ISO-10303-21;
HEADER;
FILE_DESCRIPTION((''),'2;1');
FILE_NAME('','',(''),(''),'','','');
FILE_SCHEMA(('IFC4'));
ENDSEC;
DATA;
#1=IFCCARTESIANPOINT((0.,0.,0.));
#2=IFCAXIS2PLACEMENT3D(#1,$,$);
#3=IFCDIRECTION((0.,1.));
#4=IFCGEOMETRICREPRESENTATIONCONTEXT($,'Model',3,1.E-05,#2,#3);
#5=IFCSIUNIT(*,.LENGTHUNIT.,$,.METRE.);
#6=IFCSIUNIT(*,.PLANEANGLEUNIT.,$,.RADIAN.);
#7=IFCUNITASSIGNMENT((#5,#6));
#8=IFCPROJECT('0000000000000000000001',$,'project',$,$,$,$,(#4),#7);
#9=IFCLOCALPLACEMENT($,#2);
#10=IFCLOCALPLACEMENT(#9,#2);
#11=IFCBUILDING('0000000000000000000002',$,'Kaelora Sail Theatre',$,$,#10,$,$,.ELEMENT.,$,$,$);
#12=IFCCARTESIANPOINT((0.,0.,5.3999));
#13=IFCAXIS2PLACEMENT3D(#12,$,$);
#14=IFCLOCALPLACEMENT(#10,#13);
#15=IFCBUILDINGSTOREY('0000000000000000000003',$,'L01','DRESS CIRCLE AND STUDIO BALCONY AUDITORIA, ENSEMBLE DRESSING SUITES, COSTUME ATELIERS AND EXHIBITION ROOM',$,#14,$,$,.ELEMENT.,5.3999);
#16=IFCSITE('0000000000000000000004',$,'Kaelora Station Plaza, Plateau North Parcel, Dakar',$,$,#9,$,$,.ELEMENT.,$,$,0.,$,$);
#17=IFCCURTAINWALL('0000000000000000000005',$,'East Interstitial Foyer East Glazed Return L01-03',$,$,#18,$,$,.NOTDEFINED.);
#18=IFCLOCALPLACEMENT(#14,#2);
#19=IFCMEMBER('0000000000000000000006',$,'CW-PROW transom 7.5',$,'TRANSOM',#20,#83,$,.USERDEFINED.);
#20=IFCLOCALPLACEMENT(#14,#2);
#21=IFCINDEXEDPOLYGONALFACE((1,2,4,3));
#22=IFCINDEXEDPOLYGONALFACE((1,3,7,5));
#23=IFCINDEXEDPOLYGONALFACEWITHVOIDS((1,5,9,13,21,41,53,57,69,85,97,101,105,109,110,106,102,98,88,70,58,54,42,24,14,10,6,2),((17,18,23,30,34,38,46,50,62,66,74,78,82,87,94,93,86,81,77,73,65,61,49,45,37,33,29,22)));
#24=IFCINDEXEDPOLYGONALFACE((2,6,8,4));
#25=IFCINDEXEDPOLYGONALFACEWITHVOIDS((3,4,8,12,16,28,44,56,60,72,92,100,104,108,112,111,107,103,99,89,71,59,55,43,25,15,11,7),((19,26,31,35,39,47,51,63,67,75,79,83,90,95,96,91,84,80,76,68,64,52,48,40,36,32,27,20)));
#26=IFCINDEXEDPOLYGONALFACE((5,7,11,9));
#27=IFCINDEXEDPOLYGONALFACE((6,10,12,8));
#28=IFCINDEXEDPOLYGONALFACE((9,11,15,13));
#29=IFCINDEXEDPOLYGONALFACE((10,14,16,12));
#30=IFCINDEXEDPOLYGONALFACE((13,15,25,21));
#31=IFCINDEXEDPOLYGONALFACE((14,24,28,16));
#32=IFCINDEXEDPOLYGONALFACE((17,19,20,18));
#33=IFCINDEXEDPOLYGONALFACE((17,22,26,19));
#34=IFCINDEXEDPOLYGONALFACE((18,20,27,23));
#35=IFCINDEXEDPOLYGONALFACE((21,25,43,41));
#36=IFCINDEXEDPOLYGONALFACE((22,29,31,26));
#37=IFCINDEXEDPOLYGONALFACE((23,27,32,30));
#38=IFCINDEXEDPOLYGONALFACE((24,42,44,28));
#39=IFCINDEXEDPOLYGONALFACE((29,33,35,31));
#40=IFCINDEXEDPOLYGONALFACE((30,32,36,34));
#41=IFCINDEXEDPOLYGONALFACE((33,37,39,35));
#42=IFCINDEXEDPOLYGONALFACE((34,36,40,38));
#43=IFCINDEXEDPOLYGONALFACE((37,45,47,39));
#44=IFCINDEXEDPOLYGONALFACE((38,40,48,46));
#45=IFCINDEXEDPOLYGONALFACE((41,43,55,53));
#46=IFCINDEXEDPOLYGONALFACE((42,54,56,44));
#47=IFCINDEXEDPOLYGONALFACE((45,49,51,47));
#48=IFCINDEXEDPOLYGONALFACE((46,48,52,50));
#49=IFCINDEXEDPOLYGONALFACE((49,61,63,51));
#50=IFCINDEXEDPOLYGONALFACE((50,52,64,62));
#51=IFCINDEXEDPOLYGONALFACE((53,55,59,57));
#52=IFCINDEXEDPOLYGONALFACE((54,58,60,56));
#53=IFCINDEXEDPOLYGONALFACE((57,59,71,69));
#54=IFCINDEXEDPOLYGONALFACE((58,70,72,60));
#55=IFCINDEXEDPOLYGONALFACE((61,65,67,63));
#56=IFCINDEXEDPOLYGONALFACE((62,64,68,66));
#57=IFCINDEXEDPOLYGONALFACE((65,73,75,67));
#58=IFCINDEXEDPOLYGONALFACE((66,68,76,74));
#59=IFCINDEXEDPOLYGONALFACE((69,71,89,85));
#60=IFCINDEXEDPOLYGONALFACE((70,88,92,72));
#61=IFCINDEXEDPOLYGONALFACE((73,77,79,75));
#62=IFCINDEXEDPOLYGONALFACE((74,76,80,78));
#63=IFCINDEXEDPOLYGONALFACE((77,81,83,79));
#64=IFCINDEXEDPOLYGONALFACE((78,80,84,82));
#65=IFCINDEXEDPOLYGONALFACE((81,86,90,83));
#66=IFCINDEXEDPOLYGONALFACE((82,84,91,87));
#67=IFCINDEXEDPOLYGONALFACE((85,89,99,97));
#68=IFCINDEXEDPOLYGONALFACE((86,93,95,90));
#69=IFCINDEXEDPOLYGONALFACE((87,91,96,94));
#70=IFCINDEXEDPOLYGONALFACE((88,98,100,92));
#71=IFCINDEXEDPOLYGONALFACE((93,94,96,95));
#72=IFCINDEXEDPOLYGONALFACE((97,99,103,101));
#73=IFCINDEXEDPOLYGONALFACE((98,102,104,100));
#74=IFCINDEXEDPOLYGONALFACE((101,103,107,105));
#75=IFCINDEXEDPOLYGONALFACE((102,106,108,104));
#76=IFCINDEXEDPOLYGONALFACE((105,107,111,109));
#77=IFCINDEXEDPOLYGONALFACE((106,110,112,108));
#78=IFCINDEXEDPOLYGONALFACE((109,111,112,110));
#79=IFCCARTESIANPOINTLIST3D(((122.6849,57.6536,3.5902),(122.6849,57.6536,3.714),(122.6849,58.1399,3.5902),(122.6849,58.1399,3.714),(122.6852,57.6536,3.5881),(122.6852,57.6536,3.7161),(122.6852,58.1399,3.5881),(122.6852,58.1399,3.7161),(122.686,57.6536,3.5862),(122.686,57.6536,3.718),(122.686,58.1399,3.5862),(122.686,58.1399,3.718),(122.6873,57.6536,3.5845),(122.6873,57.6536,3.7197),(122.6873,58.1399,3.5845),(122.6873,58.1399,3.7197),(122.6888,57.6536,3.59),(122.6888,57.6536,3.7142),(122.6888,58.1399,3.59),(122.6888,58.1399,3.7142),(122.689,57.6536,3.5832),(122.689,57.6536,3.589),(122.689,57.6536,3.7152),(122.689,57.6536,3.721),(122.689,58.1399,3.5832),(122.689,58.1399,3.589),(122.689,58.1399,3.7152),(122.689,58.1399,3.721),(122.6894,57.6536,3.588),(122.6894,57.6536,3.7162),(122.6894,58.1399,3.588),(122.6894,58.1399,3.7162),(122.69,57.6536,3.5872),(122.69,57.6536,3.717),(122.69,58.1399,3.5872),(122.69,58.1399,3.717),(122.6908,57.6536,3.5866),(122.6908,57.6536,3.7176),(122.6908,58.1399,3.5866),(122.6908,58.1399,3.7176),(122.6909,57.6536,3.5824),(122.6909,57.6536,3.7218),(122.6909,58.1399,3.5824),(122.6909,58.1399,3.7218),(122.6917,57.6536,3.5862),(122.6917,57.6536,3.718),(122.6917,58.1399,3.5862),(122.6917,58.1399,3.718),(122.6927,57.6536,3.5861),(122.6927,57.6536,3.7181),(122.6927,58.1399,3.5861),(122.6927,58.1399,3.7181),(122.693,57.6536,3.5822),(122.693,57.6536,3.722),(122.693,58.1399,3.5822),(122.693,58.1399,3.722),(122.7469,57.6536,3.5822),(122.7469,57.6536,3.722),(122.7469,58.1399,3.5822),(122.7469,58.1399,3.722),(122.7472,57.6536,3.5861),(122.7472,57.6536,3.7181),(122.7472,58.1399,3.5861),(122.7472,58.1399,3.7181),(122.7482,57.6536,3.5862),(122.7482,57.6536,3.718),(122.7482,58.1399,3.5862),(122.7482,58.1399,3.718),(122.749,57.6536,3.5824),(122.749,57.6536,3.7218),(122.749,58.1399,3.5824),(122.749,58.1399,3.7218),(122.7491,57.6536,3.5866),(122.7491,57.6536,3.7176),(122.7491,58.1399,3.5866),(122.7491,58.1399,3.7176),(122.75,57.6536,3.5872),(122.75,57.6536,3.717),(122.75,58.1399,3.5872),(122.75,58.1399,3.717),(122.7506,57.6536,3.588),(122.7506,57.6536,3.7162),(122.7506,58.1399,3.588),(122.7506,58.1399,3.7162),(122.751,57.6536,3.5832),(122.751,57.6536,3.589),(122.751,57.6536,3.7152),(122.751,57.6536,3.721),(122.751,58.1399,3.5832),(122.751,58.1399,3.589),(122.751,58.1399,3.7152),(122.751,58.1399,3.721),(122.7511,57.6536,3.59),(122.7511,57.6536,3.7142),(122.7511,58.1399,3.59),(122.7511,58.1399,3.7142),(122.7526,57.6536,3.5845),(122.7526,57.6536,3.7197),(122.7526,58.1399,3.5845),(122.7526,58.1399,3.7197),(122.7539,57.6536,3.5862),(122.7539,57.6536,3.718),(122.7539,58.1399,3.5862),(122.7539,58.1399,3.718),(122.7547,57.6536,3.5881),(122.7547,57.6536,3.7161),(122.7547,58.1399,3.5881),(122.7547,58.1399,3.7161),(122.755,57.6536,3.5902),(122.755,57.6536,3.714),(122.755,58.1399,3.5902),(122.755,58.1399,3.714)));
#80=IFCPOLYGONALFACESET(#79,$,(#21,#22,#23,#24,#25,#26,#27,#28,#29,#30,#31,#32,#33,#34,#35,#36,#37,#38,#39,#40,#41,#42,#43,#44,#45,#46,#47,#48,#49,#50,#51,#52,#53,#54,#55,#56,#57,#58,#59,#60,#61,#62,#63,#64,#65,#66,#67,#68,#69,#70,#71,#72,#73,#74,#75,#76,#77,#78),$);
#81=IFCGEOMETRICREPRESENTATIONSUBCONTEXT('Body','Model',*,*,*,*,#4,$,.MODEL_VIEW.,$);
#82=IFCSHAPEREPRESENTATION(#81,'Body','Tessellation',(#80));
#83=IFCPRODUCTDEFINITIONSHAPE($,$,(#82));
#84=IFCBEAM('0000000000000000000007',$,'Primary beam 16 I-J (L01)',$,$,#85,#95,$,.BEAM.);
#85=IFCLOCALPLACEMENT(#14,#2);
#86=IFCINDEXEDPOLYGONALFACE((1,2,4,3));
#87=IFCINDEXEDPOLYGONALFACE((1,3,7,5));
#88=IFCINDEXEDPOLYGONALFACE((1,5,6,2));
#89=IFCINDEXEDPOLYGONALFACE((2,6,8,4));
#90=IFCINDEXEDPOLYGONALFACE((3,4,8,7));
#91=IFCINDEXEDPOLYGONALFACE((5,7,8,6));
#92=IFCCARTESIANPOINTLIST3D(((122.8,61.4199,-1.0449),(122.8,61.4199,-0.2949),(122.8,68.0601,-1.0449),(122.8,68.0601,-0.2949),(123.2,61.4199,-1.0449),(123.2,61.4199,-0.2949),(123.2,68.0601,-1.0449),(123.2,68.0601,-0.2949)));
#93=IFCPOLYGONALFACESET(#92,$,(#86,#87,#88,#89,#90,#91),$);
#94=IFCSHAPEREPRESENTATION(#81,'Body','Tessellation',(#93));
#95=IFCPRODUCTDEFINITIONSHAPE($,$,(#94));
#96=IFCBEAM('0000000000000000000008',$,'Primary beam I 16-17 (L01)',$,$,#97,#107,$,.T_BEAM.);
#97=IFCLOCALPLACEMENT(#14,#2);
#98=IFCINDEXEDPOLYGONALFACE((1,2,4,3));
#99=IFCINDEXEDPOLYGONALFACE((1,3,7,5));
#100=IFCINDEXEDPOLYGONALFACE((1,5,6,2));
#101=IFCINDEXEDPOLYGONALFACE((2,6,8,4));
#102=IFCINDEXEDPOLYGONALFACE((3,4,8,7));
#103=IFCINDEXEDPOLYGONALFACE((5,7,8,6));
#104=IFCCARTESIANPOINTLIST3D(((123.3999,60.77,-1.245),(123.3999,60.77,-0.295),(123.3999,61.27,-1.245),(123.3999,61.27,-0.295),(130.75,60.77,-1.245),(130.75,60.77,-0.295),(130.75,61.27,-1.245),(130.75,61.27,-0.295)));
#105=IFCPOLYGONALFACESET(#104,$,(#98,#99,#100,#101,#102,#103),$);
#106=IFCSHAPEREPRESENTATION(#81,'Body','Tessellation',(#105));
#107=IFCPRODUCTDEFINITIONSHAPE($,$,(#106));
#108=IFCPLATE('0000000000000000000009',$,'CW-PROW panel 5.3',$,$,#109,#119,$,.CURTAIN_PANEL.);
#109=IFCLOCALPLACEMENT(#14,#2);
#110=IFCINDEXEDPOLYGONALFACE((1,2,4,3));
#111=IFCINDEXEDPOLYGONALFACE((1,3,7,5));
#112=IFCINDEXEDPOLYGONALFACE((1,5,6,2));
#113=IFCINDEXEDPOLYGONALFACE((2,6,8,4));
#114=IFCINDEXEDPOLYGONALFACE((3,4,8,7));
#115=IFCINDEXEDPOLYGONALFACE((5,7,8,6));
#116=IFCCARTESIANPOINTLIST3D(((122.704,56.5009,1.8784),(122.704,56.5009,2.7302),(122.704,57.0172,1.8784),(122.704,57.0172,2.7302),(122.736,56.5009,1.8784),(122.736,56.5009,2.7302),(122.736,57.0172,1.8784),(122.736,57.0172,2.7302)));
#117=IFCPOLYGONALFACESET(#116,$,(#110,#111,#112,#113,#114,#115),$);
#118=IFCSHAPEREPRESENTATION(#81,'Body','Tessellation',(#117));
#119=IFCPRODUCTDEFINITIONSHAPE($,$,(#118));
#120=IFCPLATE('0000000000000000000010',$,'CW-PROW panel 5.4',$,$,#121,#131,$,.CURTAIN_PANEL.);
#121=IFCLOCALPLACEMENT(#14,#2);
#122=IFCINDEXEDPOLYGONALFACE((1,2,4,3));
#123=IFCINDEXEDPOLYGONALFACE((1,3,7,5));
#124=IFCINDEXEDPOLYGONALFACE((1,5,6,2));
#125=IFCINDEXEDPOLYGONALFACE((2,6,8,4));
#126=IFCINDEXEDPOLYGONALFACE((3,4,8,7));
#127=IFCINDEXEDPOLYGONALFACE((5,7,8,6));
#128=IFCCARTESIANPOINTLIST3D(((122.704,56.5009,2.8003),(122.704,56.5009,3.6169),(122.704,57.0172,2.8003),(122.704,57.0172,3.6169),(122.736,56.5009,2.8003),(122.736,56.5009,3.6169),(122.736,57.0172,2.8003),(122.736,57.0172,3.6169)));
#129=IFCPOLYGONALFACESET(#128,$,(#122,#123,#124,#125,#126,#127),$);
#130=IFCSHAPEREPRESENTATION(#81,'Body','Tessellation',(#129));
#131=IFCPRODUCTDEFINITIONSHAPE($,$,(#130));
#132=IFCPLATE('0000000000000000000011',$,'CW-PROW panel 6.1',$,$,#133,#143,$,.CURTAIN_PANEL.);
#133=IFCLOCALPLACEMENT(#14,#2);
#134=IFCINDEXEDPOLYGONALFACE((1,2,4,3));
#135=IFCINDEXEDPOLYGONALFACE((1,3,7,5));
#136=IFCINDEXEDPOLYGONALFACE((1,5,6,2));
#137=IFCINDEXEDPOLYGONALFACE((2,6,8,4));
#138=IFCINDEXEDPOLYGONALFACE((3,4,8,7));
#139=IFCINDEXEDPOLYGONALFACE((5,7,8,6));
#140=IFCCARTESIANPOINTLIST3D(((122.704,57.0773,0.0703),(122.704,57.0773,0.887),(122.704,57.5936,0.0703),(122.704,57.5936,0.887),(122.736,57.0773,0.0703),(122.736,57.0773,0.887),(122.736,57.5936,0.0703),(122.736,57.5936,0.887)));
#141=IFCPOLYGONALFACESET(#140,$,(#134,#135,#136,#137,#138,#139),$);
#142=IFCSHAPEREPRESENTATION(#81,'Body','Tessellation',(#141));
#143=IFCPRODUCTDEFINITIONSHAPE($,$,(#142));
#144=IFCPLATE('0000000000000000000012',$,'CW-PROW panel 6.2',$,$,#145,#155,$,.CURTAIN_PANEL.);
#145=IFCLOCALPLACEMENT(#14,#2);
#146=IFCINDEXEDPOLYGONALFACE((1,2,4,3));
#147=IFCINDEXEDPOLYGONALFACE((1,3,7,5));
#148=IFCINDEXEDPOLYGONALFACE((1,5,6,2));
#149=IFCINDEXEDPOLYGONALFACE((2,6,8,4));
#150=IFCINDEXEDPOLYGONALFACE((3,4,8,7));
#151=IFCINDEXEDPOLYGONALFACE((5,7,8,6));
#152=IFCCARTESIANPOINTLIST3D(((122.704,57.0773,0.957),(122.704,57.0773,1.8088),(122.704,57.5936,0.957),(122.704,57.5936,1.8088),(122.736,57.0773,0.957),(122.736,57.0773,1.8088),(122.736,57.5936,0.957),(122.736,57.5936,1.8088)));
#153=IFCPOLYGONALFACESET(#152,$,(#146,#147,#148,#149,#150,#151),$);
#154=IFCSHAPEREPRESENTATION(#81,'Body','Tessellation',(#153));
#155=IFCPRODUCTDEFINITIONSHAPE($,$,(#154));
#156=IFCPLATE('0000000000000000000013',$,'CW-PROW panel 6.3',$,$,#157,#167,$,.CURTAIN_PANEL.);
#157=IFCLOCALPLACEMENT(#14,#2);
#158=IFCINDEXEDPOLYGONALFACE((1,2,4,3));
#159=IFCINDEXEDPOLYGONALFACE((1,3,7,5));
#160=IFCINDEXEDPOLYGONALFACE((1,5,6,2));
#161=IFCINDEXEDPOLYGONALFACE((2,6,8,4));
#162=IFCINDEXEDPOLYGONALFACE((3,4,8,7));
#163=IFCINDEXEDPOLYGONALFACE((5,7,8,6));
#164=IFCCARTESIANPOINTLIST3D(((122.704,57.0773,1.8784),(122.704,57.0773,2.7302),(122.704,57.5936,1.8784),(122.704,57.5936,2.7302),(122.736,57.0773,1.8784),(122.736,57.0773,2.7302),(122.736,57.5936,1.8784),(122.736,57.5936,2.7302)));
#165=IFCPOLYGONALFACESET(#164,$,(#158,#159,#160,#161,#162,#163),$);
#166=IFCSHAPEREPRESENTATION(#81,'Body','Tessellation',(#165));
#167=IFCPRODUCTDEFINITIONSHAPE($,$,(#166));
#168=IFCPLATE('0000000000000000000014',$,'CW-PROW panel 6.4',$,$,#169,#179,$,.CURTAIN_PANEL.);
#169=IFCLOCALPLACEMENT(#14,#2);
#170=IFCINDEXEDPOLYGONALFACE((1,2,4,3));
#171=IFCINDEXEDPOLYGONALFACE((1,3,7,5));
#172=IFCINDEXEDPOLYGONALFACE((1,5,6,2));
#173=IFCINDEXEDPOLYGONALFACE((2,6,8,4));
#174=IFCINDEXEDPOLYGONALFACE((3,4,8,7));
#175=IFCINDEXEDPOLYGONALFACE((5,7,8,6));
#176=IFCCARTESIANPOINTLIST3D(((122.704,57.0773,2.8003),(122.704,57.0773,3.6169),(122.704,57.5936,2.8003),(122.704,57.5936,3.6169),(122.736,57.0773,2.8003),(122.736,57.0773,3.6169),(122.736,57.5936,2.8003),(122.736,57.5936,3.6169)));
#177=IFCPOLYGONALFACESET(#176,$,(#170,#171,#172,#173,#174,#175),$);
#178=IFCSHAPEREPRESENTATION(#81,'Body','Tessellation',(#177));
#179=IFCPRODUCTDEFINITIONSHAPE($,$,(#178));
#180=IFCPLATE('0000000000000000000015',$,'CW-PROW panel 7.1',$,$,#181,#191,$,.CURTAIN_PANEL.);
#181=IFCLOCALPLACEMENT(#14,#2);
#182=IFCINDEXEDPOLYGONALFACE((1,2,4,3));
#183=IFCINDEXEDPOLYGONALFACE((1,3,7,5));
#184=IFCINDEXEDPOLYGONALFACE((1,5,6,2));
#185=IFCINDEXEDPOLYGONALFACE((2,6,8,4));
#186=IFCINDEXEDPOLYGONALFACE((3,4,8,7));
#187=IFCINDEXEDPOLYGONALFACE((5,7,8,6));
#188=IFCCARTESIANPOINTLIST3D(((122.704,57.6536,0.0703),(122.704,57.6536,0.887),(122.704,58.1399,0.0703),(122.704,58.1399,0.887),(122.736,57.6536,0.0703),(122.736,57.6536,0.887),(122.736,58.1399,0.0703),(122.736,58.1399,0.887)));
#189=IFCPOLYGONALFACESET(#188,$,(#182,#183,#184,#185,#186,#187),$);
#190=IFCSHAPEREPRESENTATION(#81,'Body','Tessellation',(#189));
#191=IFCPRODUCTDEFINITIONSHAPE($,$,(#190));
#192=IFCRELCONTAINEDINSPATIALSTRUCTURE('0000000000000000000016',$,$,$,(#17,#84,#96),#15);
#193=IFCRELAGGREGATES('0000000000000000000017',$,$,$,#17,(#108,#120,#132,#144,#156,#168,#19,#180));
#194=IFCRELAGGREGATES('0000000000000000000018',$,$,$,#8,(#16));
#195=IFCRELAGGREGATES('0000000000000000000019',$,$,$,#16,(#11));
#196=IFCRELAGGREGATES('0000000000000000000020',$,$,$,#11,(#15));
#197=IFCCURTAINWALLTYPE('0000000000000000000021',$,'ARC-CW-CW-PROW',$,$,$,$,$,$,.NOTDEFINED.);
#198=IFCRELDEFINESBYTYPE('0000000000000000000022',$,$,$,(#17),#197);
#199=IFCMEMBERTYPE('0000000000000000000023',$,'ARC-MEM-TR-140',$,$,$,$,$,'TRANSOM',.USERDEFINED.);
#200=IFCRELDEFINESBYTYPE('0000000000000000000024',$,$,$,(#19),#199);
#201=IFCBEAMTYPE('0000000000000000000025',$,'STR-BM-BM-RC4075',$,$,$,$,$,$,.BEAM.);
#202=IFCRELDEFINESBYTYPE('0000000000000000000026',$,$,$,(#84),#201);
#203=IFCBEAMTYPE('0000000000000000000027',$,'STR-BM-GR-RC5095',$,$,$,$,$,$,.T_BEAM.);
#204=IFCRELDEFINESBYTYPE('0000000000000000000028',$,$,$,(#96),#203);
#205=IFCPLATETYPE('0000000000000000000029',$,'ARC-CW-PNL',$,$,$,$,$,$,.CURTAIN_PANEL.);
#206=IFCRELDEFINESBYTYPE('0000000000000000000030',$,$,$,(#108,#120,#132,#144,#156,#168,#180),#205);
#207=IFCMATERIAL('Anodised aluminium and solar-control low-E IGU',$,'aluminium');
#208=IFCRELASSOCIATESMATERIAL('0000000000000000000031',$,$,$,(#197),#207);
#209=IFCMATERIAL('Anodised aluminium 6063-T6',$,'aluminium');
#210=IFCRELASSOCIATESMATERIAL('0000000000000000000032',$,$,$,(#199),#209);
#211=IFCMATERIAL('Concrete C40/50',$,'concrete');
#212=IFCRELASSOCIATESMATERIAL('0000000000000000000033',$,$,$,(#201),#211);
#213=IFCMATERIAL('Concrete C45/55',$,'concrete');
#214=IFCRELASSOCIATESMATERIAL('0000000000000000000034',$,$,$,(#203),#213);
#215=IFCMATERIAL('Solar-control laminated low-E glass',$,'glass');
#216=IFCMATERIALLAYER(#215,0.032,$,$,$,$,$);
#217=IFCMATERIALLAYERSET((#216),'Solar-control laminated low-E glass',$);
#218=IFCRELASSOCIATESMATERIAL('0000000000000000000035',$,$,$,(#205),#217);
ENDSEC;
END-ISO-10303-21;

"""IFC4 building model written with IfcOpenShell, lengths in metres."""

from ifc_helpers import new_model, si_unit, direction, frame, origin, origin_2d, place, context, subcontext, project, spatial, rectangle, hollow_rectangle, extrude, material, layer, layer_set, material_profile, profile_set, type_object, element, aggregate, save


model = new_model("IFC4")

# Units and contexts
model_context = context("Model", 3, precision=1e-05, world=origin(), true_north=direction((0.0, 1.0)))
body_context = subcontext(model_context, "Body", "Model", "MODEL_VIEW")
ifc_project = project(units=[si_unit("LENGTHUNIT", "METRE"), si_unit("PLANEANGLEUNIT", "RADIAN")], contexts=[model_context])

# Site, building, storey
site_placement = place(None, origin())
site = spatial("IfcSite", under=ifc_project, at=site_placement, Name="Kaelora Station Plaza, Plateau North Parcel, Dakar", CompositionType="ELEMENT", RefElevation=0.0)
building_placement = place(site_placement, origin())
building = spatial("IfcBuilding", under=site, at=building_placement, Name="Kaelora Sail Theatre", CompositionType="ELEMENT")
storey_placement = place(building_placement, frame((0.0, 0.0, 5.3999)))
storey = spatial("IfcBuildingStorey", under=building, at=storey_placement, Name="L01", Description="DRESS CIRCLE AND STUDIO BALCONY AUDITORIA, ENSEMBLE DRESSING SUITES, COSTUME ATELIERS AND EXHIBITION ROOM", CompositionType="ELEMENT", Elevation=5.3999)

# Curtain wall, member
ifc_material_1 = material(Name="Anodised aluminium and solar-control low-E IGU", Category="aluminium")
curtain_wall_type = type_object("IfcCurtainWallType", Name="ARC-CW-CW-PROW", PredefinedType="NOTDEFINED", material=ifc_material_1)
curtain_wall_placement = place(storey_placement, origin())
curtain_wall = element("IfcCurtainWall", 1, at=curtain_wall_placement, inside=storey, type_object=curtain_wall_type, Name="East Interstitial Foyer East Glazed Return L01-03", PredefinedType="NOTDEFINED")
ifc_material_2 = material(Name="Anodised aluminium 6063-T6", Category="aluminium")
ifc_material_profile_1 = material_profile(ifc_material_2, hollow_rectangle(XDim=0.0701, YDim=0.1399, WallThickness=0.0039, InnerFilletRadius=0.0039, OuterFilletRadius=0.0081, at=origin_2d()), Name="ALU-TRAN 70x140x4")
ifc_profile_set_1 = profile_set([ifc_material_profile_1], Name="Anodised aluminium 6063-T6")
member_type_1 = type_object("IfcMemberType", Name="ARC-MEM-TR-140", ElementType="TRANSOM", PredefinedType="USERDEFINED", material=ifc_profile_set_1)
member_1_placement = place(storey_placement, frame((122.72, 57.6536, 3.6521), z_axis=(0.0, 1.0, 0.0), x_axis=(-1.0, 0.0, 0.0)))
member_1 = element("IfcMember", 2, at=member_1_placement, type_object=member_type_1, Name="CW-PROW transom 7.5", ObjectType="TRANSOM", PredefinedType="USERDEFINED", context=body_context, shape_type="SweptSolid", body=[
    extrude(hollow_rectangle(XDim=0.0701, YDim=0.1399, WallThickness=0.0039, InnerFilletRadius=0.0039, OuterFilletRadius=0.0081, at=origin_2d()), origin(), (0.0, 0.0, 1.0), 0.4863),
])

# Beams
ifc_material_3 = material(Name="Concrete C40/50", Category="concrete")
ifc_material_profile_2 = material_profile(ifc_material_3, rectangle(XDim=0.3999, YDim=0.75, at=origin_2d()), Name="RC-BM 400x750")
ifc_profile_set_2 = profile_set([ifc_material_profile_2], Name="Concrete C40/50")
beam_type_1 = type_object("IfcBeamType", Name="STR-BM-BM-RC4075", PredefinedType="BEAM", material=ifc_profile_set_2)
beam_1_placement = place(storey_placement, frame((123.0, 61.4199, -0.6699), z_axis=(0.0, 1.0, 0.0), x_axis=(-1.0, 0.0, 0.0)))
element("IfcBeam", 3, at=beam_1_placement, inside=storey, type_object=beam_type_1, Name="Primary beam 16 I-J (L01)", PredefinedType="BEAM", context=body_context, shape_type="SweptSolid", body=[
    extrude(rectangle(XDim=0.3999, YDim=0.75, at=origin_2d()), origin(), (0.0, 0.0, 1.0), 6.6401),
])
ifc_material_4 = material(Name="Concrete C45/55", Category="concrete")
ifc_material_profile_3 = material_profile(ifc_material_4, rectangle(XDim=0.5, YDim=0.95, at=origin_2d()), Name="RC-GRD 500x950")
ifc_profile_set_3 = profile_set([ifc_material_profile_3], Name="Concrete C45/55")
beam_type_2 = type_object("IfcBeamType", Name="STR-BM-GR-RC5095", PredefinedType="T_BEAM", material=ifc_profile_set_3)
beam_2_placement = place(storey_placement, frame((123.3999, 61.02, -0.77), z_axis=(1.0, 0.0, 0.0), x_axis=(0.0, 1.0, 0.0)))
element("IfcBeam", 4, at=beam_2_placement, inside=storey, type_object=beam_type_2, Name="Primary beam I 16-17 (L01)", PredefinedType="T_BEAM", context=body_context, shape_type="SweptSolid", body=[
    extrude(rectangle(XDim=0.5, YDim=0.95, at=origin_2d()), origin(), (0.0, 0.0, 1.0), 7.3501),
])

# Plates
ifc_material_5 = material(Name="Solar-control laminated low-E glass", Category="glass")
ifc_layer = layer(ifc_material_5, 0.032)
ifc_layer_set = layer_set([ifc_layer], Name="Solar-control laminated low-E glass")
plate_type = type_object("IfcPlateType", Name="ARC-CW-PNL", PredefinedType="CURTAIN_PANEL", material=ifc_layer_set)
plate_1_placement = place(storey_placement, frame((122.72, 56.759, 1.8784), z_axis=(0.0, 0.0, 1.0), x_axis=(0.0, 1.0, 0.0)))
plate_1 = element("IfcPlate", 5, at=plate_1_placement, type_object=plate_type, Name="CW-PROW panel 5.3", PredefinedType="CURTAIN_PANEL", context=body_context, shape_type="SweptSolid", body=[
    extrude(rectangle(XDim=0.5164, YDim=0.032, at=origin_2d()), origin(), (0.0, 0.0, 1.0), 0.8518),
])
plate_2_placement = place(storey_placement, frame((122.72, 56.759, 2.8003), z_axis=(0.0, 0.0, 1.0), x_axis=(0.0, 1.0, 0.0)))
plate_2 = element("IfcPlate", 6, at=plate_2_placement, type_object=plate_type, Name="CW-PROW panel 5.4", PredefinedType="CURTAIN_PANEL", context=body_context, shape_type="SweptSolid", body=[
    extrude(rectangle(XDim=0.5164, YDim=0.032, at=origin_2d()), origin(), (0.0, 0.0, 1.0), 0.8167),
])
plate_3_placement = place(storey_placement, frame((122.72, 57.3354, 0.0703), z_axis=(0.0, 0.0, 1.0), x_axis=(0.0, 1.0, 0.0)))
plate_3 = element("IfcPlate", 7, at=plate_3_placement, type_object=plate_type, Name="CW-PROW panel 6.1", PredefinedType="CURTAIN_PANEL", context=body_context, shape_type="SweptSolid", body=[
    extrude(rectangle(XDim=0.5164, YDim=0.032, at=origin_2d()), origin(), (0.0, 0.0, 1.0), 0.8167),
])
plate_4_placement = place(storey_placement, frame((122.72, 57.3354, 0.957), z_axis=(0.0, 0.0, 1.0), x_axis=(0.0, 1.0, 0.0)))
plate_4 = element("IfcPlate", 8, at=plate_4_placement, type_object=plate_type, Name="CW-PROW panel 6.2", PredefinedType="CURTAIN_PANEL", context=body_context, shape_type="SweptSolid", body=[
    extrude(rectangle(XDim=0.5164, YDim=0.032, at=origin_2d()), origin(), (0.0, 0.0, 1.0), 0.8518),
])
plate_5_placement = place(storey_placement, frame((122.72, 57.3354, 1.8784), z_axis=(0.0, 0.0, 1.0), x_axis=(0.0, 1.0, 0.0)))
plate_5 = element("IfcPlate", 9, at=plate_5_placement, type_object=plate_type, Name="CW-PROW panel 6.3", PredefinedType="CURTAIN_PANEL", context=body_context, shape_type="SweptSolid", body=[
    extrude(rectangle(XDim=0.5164, YDim=0.032, at=origin_2d()), origin(), (0.0, 0.0, 1.0), 0.8518),
])
plate_6_placement = place(storey_placement, frame((122.72, 57.3354, 2.8003), z_axis=(0.0, 0.0, 1.0), x_axis=(0.0, 1.0, 0.0)))
plate_6 = element("IfcPlate", 10, at=plate_6_placement, type_object=plate_type, Name="CW-PROW panel 6.4", PredefinedType="CURTAIN_PANEL", context=body_context, shape_type="SweptSolid", body=[
    extrude(rectangle(XDim=0.5164, YDim=0.032, at=origin_2d()), origin(), (0.0, 0.0, 1.0), 0.8167),
])
plate_7_placement = place(storey_placement, frame((122.72, 57.8967, 0.0703), z_axis=(0.0, 0.0, 1.0), x_axis=(0.0, 1.0, 0.0)))
plate_7 = element("IfcPlate", 11, at=plate_7_placement, type_object=plate_type, Name="CW-PROW panel 7.1", PredefinedType="CURTAIN_PANEL", context=body_context, shape_type="SweptSolid", body=[
    extrude(rectangle(XDim=0.4863, YDim=0.032, at=origin_2d()), origin(), (0.0, 0.0, 1.0), 0.8167),
])
aggregate(curtain_wall, [plate_1, plate_2, plate_3, plate_4, plate_5, plate_6, member_1, plate_7])

save(model, "model.ifc")
